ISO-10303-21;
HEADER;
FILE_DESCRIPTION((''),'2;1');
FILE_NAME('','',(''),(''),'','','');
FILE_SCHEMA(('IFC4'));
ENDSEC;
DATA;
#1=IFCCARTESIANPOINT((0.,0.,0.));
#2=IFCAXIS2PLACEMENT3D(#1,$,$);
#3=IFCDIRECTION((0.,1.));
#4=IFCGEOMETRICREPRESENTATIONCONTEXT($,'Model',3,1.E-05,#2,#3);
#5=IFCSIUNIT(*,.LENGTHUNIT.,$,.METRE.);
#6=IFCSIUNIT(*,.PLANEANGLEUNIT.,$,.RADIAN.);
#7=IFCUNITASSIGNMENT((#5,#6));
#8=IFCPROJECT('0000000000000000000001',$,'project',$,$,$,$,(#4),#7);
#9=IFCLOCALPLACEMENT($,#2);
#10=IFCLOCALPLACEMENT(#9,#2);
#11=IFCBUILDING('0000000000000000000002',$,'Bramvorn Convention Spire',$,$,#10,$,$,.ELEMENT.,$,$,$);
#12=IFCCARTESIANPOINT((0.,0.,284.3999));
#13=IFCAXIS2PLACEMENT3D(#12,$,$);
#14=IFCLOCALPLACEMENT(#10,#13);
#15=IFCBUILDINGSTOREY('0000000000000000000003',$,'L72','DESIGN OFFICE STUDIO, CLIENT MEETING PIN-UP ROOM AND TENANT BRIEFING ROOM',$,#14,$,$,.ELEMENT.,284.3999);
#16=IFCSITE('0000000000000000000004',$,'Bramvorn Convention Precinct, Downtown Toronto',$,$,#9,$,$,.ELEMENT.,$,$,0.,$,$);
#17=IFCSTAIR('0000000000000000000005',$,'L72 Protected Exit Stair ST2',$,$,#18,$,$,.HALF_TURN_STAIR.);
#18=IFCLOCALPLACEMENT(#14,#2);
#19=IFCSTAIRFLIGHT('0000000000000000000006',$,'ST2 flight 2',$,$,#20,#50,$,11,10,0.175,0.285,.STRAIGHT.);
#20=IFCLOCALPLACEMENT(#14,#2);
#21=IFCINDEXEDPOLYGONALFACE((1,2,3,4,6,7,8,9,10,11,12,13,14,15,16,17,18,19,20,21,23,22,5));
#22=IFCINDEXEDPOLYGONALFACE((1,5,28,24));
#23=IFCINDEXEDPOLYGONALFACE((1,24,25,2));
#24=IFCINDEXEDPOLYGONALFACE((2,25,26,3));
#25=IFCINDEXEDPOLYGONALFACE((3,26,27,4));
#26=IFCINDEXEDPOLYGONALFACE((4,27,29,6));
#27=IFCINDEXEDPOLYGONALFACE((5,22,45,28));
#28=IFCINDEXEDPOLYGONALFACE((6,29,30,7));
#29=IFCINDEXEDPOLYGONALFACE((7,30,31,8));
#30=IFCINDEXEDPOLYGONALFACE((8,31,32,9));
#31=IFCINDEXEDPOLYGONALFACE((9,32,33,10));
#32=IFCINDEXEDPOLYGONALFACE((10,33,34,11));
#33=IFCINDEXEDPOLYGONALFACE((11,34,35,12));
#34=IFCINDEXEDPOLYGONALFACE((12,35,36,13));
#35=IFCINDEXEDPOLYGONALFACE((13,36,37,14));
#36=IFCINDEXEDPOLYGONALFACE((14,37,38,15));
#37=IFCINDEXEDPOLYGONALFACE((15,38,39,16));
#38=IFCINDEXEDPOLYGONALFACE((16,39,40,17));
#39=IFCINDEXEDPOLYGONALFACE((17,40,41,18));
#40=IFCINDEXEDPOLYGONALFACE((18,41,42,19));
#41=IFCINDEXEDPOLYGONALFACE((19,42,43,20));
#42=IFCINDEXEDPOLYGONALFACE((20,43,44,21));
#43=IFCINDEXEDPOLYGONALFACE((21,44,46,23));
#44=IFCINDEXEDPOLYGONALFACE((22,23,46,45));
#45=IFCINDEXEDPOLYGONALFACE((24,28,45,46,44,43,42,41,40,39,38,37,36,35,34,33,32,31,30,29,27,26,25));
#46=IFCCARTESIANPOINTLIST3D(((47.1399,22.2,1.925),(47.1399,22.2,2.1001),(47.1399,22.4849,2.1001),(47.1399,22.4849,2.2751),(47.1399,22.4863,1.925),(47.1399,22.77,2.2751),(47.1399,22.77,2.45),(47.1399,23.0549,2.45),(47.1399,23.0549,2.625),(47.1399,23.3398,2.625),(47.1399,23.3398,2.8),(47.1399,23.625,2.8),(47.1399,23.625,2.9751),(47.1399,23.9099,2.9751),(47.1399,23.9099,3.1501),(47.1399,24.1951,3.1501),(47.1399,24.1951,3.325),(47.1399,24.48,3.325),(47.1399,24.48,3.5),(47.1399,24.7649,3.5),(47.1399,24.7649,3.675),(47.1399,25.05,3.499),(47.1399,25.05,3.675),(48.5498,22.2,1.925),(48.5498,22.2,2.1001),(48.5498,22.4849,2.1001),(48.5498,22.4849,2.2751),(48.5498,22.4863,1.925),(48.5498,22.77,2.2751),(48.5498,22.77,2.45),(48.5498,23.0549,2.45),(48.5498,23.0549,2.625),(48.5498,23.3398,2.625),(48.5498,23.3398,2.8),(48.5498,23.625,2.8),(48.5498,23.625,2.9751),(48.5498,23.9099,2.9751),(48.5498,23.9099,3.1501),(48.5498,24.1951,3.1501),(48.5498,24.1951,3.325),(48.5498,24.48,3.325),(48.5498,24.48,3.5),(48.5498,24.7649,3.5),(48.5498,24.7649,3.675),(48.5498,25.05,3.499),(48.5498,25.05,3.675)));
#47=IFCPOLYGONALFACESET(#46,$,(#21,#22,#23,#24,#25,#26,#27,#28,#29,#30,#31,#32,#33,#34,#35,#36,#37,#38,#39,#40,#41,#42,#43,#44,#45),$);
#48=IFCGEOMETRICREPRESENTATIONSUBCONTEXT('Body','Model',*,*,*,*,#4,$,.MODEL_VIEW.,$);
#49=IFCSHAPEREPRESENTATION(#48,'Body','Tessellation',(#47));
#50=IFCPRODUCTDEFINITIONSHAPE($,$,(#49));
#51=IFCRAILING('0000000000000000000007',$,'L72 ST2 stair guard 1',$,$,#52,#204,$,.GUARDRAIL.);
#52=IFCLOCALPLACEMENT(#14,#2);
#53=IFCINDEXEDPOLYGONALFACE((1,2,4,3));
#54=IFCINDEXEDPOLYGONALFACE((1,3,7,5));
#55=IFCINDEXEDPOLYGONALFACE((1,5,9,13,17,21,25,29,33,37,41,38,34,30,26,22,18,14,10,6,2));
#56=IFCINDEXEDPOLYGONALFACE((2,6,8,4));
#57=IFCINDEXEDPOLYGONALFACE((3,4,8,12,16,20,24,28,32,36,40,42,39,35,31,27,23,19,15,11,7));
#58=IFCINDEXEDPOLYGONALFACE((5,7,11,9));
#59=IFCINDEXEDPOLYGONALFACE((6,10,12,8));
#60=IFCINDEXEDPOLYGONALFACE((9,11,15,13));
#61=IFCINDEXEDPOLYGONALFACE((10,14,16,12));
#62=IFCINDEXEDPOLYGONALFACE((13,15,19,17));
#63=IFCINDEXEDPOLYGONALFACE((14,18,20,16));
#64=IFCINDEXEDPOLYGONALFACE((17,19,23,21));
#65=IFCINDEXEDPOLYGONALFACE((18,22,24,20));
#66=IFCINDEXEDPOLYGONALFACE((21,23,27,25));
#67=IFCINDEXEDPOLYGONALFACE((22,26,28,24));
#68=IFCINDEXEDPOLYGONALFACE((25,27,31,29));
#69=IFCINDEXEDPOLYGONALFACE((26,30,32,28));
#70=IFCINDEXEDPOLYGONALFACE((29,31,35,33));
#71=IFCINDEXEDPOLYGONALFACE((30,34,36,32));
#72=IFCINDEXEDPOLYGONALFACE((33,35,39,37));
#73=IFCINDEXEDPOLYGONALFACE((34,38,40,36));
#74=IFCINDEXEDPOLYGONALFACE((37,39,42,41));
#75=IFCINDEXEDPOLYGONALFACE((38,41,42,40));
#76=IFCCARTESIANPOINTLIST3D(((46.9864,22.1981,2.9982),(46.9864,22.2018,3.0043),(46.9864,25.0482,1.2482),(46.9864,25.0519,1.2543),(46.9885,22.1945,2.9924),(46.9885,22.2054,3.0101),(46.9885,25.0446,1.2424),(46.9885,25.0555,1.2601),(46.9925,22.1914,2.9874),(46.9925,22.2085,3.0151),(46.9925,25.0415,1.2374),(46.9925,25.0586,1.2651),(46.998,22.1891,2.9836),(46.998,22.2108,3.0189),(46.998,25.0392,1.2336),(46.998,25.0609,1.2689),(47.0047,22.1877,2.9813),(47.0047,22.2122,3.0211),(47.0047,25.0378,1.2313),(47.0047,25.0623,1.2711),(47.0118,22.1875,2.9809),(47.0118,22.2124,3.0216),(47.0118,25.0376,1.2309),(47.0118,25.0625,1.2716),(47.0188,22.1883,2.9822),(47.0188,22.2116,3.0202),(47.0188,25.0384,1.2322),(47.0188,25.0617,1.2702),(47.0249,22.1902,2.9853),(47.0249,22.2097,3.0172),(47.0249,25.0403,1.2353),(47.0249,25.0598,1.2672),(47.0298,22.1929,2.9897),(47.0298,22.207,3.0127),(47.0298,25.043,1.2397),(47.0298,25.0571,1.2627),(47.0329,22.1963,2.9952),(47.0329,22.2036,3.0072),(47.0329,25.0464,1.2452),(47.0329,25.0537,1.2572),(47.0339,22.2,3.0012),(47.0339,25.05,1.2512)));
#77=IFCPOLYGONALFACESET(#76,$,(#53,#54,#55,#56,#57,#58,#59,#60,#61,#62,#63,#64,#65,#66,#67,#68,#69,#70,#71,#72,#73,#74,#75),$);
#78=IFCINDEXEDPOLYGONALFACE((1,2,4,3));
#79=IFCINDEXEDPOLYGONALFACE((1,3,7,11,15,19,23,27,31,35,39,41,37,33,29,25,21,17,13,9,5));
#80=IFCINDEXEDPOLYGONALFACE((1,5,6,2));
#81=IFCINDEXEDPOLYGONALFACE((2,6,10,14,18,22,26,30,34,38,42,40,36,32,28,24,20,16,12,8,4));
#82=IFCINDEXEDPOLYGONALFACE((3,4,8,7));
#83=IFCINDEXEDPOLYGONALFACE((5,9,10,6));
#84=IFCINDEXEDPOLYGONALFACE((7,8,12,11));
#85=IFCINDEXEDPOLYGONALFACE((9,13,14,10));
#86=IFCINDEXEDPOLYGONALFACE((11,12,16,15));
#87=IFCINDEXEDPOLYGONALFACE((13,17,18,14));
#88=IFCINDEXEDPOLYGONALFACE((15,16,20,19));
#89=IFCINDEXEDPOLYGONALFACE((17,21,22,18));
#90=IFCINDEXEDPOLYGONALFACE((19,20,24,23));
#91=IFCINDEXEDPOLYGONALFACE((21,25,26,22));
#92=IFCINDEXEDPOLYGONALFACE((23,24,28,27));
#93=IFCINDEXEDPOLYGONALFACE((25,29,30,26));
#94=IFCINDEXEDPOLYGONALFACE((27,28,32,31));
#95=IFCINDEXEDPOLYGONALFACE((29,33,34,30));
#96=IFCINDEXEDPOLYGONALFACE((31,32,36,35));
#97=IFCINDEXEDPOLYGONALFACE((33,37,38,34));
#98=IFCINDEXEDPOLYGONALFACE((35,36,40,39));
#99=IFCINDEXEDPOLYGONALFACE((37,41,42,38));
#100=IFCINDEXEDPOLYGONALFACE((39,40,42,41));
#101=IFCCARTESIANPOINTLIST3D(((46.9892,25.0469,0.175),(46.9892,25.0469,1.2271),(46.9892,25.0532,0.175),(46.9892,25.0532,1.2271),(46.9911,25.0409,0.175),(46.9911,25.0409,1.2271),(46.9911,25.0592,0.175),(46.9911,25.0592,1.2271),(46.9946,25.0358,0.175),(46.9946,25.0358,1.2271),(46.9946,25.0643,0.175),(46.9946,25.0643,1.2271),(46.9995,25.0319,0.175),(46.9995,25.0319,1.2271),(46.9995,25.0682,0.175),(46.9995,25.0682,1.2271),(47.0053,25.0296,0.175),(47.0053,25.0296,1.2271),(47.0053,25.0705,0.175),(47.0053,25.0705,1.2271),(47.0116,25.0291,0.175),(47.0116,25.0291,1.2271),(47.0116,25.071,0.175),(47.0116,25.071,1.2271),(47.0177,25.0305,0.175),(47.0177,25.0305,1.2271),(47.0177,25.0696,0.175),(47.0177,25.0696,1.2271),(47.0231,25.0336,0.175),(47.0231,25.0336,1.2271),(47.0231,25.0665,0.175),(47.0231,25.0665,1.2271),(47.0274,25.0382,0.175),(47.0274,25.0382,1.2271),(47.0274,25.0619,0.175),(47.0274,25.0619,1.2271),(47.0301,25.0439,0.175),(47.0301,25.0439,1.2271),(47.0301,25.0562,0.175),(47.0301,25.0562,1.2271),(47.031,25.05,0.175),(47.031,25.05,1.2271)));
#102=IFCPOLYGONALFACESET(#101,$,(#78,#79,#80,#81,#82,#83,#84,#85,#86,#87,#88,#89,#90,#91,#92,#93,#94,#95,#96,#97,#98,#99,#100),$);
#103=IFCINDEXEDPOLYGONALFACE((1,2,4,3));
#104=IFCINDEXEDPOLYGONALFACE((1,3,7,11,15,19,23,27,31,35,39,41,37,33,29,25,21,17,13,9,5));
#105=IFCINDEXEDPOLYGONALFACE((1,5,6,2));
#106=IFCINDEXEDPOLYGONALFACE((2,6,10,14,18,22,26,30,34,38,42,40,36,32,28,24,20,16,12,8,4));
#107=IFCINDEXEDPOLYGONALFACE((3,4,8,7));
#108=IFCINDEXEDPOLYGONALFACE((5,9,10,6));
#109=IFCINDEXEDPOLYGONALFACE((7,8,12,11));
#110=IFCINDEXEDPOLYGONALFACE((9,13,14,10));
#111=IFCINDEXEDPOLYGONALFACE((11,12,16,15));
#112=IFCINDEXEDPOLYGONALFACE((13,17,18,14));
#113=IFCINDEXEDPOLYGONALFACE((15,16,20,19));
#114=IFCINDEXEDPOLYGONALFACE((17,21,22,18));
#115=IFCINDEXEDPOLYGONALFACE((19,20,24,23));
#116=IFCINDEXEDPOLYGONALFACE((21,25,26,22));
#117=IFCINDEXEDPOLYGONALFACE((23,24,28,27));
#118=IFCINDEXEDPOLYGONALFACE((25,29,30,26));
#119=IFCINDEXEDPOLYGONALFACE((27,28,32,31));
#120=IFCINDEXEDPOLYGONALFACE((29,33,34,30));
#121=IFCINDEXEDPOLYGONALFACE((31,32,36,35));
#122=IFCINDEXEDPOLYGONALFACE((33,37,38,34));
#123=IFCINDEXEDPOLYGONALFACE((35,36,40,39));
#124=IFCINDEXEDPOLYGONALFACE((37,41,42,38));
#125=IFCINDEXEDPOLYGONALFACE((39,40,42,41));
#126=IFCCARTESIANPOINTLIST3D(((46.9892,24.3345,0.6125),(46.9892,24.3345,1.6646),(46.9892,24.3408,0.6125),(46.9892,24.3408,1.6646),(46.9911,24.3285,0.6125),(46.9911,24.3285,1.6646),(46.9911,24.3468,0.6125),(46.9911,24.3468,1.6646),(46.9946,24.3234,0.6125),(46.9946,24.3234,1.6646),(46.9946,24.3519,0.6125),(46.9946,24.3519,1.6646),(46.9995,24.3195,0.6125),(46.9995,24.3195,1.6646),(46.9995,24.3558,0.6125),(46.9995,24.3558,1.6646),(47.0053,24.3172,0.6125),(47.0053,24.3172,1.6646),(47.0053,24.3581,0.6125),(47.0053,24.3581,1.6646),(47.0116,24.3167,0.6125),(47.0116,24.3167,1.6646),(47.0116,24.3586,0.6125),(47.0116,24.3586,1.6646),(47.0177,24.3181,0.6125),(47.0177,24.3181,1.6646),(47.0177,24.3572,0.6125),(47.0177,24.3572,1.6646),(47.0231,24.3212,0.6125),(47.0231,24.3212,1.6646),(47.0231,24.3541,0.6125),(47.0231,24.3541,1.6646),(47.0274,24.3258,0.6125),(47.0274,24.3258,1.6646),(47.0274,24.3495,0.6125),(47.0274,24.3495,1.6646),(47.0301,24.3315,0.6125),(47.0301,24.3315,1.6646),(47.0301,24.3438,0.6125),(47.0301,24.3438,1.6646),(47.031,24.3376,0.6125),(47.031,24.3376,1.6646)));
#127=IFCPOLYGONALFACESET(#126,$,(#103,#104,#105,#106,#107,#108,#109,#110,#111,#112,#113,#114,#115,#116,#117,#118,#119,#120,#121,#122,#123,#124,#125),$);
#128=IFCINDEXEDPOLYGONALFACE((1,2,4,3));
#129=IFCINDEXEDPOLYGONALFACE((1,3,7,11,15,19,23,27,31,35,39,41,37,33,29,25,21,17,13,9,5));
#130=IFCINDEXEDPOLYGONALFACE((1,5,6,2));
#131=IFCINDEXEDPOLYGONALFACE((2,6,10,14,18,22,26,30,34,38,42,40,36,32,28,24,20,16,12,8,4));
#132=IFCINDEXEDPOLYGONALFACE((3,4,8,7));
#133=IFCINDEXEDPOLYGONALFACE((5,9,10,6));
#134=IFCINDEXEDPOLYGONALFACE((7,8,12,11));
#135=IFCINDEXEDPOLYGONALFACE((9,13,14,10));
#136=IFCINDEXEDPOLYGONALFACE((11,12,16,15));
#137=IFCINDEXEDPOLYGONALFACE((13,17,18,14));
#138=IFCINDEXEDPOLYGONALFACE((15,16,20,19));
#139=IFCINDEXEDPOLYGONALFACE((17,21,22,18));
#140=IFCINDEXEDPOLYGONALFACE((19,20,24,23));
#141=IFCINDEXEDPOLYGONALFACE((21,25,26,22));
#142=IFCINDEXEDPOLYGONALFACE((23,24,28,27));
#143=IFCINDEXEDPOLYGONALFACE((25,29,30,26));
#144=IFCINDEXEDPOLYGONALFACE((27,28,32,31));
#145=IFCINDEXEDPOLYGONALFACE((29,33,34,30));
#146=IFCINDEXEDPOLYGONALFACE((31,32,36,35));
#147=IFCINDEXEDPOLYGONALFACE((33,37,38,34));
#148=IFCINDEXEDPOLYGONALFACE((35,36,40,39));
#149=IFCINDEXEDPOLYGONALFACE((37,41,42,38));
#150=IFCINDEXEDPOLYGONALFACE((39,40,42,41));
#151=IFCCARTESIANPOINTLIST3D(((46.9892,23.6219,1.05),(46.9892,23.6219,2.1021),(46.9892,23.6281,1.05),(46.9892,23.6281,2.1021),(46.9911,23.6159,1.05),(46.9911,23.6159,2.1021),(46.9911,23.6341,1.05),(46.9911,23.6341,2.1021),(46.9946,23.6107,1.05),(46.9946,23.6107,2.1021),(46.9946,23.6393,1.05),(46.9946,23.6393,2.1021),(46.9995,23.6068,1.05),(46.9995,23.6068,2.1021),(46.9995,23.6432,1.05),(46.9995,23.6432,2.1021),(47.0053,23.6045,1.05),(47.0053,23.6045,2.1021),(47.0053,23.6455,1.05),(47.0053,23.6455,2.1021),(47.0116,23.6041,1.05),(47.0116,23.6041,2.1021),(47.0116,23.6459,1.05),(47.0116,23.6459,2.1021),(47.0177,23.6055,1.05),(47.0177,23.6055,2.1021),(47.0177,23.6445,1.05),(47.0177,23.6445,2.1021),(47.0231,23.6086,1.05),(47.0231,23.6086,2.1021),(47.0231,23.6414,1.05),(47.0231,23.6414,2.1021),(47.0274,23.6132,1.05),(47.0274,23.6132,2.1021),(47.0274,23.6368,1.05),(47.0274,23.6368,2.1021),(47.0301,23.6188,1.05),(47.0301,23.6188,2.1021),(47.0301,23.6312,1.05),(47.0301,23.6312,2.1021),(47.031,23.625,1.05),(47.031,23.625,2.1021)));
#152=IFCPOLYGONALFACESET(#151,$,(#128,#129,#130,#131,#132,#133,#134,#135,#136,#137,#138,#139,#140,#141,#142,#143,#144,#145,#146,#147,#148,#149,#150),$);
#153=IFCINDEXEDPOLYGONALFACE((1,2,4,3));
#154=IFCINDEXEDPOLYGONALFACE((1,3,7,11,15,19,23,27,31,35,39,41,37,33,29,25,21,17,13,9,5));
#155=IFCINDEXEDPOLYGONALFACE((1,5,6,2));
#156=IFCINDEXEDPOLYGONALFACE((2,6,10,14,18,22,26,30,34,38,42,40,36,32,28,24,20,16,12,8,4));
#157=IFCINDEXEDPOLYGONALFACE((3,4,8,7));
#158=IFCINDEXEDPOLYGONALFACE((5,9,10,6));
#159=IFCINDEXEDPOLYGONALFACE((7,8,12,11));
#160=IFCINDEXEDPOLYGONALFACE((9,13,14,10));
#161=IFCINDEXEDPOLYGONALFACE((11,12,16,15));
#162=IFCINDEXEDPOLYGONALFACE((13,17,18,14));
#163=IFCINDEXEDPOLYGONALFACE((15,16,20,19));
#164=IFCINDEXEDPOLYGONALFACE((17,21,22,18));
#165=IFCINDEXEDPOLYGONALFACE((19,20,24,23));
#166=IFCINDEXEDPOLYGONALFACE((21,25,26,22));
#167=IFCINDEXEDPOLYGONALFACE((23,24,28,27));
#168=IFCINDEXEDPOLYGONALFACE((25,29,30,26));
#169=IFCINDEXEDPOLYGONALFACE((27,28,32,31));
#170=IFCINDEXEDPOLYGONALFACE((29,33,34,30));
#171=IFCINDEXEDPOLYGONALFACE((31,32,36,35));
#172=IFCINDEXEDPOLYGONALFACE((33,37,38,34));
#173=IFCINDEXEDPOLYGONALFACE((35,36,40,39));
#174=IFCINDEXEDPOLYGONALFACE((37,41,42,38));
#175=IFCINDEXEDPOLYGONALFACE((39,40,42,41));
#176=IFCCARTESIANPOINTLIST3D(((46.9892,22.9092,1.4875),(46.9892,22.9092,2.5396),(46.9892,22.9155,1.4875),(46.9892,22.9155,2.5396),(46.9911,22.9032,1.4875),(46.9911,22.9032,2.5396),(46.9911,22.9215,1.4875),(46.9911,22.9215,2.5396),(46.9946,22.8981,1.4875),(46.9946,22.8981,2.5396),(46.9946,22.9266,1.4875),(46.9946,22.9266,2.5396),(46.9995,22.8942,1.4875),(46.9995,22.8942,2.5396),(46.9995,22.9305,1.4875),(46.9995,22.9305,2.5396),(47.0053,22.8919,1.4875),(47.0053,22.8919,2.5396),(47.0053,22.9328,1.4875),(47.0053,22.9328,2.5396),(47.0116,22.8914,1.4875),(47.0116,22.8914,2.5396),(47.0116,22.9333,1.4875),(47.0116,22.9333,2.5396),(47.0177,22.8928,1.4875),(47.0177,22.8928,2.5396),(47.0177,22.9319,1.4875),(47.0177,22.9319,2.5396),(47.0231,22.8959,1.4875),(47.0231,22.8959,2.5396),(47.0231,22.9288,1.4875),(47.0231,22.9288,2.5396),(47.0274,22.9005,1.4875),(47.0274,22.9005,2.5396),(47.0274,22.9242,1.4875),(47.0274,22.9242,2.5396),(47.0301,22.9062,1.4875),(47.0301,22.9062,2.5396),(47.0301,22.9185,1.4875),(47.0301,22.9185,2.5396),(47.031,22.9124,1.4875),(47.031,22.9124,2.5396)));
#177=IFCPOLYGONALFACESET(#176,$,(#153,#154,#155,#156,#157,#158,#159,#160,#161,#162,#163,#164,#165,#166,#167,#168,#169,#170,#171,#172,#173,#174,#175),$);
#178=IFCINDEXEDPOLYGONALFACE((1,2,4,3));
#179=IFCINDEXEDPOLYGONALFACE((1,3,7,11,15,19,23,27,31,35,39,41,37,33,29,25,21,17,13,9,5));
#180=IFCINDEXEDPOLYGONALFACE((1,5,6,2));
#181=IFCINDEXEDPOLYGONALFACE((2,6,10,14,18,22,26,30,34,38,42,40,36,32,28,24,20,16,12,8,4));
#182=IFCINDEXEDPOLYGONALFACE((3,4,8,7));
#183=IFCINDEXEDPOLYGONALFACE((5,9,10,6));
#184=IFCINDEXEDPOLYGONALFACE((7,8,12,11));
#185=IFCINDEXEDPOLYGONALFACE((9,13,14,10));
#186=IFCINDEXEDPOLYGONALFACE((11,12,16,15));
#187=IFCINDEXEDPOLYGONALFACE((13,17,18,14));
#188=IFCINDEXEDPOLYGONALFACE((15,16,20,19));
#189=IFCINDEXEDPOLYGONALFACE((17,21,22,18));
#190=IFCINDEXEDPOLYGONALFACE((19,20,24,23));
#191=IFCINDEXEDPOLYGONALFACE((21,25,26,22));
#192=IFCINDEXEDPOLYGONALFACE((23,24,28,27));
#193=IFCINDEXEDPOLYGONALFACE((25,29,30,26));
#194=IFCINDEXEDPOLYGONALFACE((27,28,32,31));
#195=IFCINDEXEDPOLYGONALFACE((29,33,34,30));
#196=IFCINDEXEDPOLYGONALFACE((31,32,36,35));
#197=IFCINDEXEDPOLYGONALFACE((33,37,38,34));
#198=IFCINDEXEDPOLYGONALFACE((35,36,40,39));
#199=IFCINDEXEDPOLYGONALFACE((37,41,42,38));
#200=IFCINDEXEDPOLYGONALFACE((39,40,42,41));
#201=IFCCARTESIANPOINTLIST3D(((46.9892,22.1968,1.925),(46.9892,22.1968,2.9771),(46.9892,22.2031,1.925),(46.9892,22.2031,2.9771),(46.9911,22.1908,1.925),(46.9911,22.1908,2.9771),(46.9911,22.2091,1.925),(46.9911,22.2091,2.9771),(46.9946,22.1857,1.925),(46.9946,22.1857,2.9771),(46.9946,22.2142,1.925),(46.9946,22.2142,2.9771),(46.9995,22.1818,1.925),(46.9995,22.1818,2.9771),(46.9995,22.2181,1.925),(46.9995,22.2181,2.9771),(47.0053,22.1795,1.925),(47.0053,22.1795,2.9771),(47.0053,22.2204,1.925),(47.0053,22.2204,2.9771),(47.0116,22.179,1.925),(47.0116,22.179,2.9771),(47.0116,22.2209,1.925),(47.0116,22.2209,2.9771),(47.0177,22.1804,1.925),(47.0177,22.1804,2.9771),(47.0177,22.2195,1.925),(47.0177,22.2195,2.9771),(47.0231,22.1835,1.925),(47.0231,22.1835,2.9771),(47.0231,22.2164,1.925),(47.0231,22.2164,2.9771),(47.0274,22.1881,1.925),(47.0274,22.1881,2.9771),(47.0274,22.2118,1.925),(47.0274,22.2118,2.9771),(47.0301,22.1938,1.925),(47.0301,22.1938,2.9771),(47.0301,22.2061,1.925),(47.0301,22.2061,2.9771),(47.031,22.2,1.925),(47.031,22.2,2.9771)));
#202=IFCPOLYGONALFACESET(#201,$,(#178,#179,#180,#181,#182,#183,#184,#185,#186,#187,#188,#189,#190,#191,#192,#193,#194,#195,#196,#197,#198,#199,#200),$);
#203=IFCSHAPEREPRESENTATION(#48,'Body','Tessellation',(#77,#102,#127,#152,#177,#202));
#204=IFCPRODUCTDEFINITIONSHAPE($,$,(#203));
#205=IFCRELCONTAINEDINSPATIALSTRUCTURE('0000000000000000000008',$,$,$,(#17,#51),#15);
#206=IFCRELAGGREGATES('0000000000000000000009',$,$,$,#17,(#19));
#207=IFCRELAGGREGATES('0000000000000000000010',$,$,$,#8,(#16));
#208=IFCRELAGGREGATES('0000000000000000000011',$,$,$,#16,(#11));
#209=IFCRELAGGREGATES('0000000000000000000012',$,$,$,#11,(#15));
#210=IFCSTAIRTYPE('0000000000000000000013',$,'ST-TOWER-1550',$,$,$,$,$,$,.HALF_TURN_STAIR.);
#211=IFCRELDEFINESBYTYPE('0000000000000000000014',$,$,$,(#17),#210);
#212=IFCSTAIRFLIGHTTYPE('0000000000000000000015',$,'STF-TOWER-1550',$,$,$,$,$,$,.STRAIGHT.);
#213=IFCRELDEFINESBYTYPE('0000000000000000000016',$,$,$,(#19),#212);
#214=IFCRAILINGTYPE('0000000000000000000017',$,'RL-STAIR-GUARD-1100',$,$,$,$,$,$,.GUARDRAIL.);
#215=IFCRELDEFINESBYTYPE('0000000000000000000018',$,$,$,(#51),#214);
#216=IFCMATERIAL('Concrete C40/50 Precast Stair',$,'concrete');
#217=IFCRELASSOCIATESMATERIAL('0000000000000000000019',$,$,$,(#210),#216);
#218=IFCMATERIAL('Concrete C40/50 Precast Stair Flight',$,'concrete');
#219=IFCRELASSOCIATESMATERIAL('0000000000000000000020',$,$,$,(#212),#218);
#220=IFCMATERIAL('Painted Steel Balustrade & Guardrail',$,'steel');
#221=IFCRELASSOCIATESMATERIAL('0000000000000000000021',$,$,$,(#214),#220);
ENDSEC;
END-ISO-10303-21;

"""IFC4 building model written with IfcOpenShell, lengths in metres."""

from ifc_helpers import new_model, si_unit, direction, frame, origin, origin_2d, place, context, subcontext, project, spatial, polyline, circle, outline, extrude, material, type_object, element, aggregate, save


model = new_model("IFC4")

# Units and contexts
model_context = context("Model", 3, precision=1e-05, world=origin(), true_north=direction((0.0, 1.0)))
body_context = subcontext(model_context, "Body", "Model", "MODEL_VIEW")
ifc_project = project(units=[si_unit("LENGTHUNIT", "METRE"), si_unit("PLANEANGLEUNIT", "RADIAN")], contexts=[model_context])

# Site, building, storey
site_placement = place(None, origin())
site = spatial("IfcSite", under=ifc_project, at=site_placement, Name="Bramvorn Convention Precinct, Downtown Toronto", CompositionType="ELEMENT", RefElevation=0.0)
building_placement = place(site_placement, origin())
building = spatial("IfcBuilding", under=site, at=building_placement, Name="Bramvorn Convention Spire", CompositionType="ELEMENT")
storey_placement = place(building_placement, frame((0.0, 0.0, 284.3999)))
storey = spatial("IfcBuildingStorey", under=building, at=storey_placement, Name="L72", Description="DESIGN OFFICE STUDIO, CLIENT MEETING PIN-UP ROOM AND TENANT BRIEFING ROOM", CompositionType="ELEMENT", Elevation=284.3999)

# Stair, stair flight
ifc_material_1 = material(Name="Concrete C40/50 Precast Stair", Category="concrete")
stair_type = type_object("IfcStairType", Name="ST-TOWER-1550", PredefinedType="HALF_TURN_STAIR", material=ifc_material_1)
stair_placement = place(storey_placement, origin())
stair = element("IfcStair", 1, at=stair_placement, inside=storey, type_object=stair_type, Name="L72 Protected Exit Stair ST2", PredefinedType="HALF_TURN_STAIR")
ifc_material_2 = material(Name="Concrete C40/50 Precast Stair Flight", Category="concrete")
stair_flight_type = type_object("IfcStairFlightType", Name="STF-TOWER-1550", PredefinedType="STRAIGHT", material=ifc_material_2)
stair_flight_1_placement = place(storey_placement, frame((47.845, 22.2, 1.925), z_axis=(0.0, 0.0, 1.0), x_axis=(0.0, 1.0, 0.0)))
stair_flight_1 = element("IfcStairFlight", 2, at=stair_flight_1_placement, type_object=stair_flight_type, Name="ST2 flight 2", NumberOfRisers=11, NumberOfTreads=10, PredefinedType="STRAIGHT", RiserHeight=0.175, TreadLength=0.285, context=body_context, shape_type="SweptSolid", body=[
    extrude(outline(polyline([(0.0, 0.0), (0.0, 0.175), (0.2849, 0.175), (0.2849, 0.3501), (0.5701, 0.3501), (0.5701, 0.5249), (0.855, 0.5249), (0.855, 0.7), (1.1399, 0.7), (1.1399, 0.875), (1.425, 0.875), (1.425, 1.05), (1.71, 1.05), (1.71, 1.2251), (1.9951, 1.2251), (1.9951, 1.3999), (2.28, 1.3999), (2.28, 1.575), (2.5649, 1.575), (2.5649, 1.75), (2.8501, 1.75), (2.8501, 1.925), (2.8501, 1.574), (0.2864, 0.0), (0.0, 0.0)])), frame((0.0, 0.7051, 0.0), z_axis=(0.0, -1.0, 0.0), x_axis=(1.0, 0.0, 0.0)), (0.0, 0.0, 1.0), 1.4099),
])
aggregate(stair, [stair_flight_1])

# Railing
ifc_material_3 = material(Name="Painted Steel Balustrade & Guardrail", Category="steel")
railing_type_1 = type_object("IfcRailingType", Name="RL-STAIR-GUARD-1100", PredefinedType="GUARDRAIL", material=ifc_material_3)
railing_1_placement = place(storey_placement, frame((47.01, 25.05, 0.175)))
element("IfcRailing", 3, at=railing_1_placement, inside=storey, type_object=railing_type_1, Name="L72 ST2 stair guard 1", PredefinedType="GUARDRAIL", context=body_context, shape_type="SweptSolid", body=[
    extrude(circle(Radius=0.0239, at=origin_2d()), frame((0.0, 0.0, 1.0762), z_axis=(0.0, -0.852179, 0.52325), x_axis=(1.0, 0.0, 0.0)), (0.0, 0.0, 1.0), 3.3445),
    extrude(circle(Radius=0.021, at=origin_2d()), origin(), (0.0, 0.0, 1.0), 1.052),
    extrude(circle(Radius=0.021, at=origin_2d()), frame((0.0, -0.7124, 0.4375)), (0.0, 0.0, 1.0), 1.052),
    extrude(circle(Radius=0.021, at=origin_2d()), frame((0.0, -1.425, 0.875)), (0.0, 0.0, 1.0), 1.052),
    extrude(circle(Radius=0.021, at=origin_2d()), frame((0.0, -2.1377, 1.3125)), (0.0, 0.0, 1.0), 1.052),
    extrude(circle(Radius=0.021, at=origin_2d()), frame((0.0, -2.8501, 1.75)), (0.0, 0.0, 1.0), 1.052),
])

save(model, "model.ifc")
